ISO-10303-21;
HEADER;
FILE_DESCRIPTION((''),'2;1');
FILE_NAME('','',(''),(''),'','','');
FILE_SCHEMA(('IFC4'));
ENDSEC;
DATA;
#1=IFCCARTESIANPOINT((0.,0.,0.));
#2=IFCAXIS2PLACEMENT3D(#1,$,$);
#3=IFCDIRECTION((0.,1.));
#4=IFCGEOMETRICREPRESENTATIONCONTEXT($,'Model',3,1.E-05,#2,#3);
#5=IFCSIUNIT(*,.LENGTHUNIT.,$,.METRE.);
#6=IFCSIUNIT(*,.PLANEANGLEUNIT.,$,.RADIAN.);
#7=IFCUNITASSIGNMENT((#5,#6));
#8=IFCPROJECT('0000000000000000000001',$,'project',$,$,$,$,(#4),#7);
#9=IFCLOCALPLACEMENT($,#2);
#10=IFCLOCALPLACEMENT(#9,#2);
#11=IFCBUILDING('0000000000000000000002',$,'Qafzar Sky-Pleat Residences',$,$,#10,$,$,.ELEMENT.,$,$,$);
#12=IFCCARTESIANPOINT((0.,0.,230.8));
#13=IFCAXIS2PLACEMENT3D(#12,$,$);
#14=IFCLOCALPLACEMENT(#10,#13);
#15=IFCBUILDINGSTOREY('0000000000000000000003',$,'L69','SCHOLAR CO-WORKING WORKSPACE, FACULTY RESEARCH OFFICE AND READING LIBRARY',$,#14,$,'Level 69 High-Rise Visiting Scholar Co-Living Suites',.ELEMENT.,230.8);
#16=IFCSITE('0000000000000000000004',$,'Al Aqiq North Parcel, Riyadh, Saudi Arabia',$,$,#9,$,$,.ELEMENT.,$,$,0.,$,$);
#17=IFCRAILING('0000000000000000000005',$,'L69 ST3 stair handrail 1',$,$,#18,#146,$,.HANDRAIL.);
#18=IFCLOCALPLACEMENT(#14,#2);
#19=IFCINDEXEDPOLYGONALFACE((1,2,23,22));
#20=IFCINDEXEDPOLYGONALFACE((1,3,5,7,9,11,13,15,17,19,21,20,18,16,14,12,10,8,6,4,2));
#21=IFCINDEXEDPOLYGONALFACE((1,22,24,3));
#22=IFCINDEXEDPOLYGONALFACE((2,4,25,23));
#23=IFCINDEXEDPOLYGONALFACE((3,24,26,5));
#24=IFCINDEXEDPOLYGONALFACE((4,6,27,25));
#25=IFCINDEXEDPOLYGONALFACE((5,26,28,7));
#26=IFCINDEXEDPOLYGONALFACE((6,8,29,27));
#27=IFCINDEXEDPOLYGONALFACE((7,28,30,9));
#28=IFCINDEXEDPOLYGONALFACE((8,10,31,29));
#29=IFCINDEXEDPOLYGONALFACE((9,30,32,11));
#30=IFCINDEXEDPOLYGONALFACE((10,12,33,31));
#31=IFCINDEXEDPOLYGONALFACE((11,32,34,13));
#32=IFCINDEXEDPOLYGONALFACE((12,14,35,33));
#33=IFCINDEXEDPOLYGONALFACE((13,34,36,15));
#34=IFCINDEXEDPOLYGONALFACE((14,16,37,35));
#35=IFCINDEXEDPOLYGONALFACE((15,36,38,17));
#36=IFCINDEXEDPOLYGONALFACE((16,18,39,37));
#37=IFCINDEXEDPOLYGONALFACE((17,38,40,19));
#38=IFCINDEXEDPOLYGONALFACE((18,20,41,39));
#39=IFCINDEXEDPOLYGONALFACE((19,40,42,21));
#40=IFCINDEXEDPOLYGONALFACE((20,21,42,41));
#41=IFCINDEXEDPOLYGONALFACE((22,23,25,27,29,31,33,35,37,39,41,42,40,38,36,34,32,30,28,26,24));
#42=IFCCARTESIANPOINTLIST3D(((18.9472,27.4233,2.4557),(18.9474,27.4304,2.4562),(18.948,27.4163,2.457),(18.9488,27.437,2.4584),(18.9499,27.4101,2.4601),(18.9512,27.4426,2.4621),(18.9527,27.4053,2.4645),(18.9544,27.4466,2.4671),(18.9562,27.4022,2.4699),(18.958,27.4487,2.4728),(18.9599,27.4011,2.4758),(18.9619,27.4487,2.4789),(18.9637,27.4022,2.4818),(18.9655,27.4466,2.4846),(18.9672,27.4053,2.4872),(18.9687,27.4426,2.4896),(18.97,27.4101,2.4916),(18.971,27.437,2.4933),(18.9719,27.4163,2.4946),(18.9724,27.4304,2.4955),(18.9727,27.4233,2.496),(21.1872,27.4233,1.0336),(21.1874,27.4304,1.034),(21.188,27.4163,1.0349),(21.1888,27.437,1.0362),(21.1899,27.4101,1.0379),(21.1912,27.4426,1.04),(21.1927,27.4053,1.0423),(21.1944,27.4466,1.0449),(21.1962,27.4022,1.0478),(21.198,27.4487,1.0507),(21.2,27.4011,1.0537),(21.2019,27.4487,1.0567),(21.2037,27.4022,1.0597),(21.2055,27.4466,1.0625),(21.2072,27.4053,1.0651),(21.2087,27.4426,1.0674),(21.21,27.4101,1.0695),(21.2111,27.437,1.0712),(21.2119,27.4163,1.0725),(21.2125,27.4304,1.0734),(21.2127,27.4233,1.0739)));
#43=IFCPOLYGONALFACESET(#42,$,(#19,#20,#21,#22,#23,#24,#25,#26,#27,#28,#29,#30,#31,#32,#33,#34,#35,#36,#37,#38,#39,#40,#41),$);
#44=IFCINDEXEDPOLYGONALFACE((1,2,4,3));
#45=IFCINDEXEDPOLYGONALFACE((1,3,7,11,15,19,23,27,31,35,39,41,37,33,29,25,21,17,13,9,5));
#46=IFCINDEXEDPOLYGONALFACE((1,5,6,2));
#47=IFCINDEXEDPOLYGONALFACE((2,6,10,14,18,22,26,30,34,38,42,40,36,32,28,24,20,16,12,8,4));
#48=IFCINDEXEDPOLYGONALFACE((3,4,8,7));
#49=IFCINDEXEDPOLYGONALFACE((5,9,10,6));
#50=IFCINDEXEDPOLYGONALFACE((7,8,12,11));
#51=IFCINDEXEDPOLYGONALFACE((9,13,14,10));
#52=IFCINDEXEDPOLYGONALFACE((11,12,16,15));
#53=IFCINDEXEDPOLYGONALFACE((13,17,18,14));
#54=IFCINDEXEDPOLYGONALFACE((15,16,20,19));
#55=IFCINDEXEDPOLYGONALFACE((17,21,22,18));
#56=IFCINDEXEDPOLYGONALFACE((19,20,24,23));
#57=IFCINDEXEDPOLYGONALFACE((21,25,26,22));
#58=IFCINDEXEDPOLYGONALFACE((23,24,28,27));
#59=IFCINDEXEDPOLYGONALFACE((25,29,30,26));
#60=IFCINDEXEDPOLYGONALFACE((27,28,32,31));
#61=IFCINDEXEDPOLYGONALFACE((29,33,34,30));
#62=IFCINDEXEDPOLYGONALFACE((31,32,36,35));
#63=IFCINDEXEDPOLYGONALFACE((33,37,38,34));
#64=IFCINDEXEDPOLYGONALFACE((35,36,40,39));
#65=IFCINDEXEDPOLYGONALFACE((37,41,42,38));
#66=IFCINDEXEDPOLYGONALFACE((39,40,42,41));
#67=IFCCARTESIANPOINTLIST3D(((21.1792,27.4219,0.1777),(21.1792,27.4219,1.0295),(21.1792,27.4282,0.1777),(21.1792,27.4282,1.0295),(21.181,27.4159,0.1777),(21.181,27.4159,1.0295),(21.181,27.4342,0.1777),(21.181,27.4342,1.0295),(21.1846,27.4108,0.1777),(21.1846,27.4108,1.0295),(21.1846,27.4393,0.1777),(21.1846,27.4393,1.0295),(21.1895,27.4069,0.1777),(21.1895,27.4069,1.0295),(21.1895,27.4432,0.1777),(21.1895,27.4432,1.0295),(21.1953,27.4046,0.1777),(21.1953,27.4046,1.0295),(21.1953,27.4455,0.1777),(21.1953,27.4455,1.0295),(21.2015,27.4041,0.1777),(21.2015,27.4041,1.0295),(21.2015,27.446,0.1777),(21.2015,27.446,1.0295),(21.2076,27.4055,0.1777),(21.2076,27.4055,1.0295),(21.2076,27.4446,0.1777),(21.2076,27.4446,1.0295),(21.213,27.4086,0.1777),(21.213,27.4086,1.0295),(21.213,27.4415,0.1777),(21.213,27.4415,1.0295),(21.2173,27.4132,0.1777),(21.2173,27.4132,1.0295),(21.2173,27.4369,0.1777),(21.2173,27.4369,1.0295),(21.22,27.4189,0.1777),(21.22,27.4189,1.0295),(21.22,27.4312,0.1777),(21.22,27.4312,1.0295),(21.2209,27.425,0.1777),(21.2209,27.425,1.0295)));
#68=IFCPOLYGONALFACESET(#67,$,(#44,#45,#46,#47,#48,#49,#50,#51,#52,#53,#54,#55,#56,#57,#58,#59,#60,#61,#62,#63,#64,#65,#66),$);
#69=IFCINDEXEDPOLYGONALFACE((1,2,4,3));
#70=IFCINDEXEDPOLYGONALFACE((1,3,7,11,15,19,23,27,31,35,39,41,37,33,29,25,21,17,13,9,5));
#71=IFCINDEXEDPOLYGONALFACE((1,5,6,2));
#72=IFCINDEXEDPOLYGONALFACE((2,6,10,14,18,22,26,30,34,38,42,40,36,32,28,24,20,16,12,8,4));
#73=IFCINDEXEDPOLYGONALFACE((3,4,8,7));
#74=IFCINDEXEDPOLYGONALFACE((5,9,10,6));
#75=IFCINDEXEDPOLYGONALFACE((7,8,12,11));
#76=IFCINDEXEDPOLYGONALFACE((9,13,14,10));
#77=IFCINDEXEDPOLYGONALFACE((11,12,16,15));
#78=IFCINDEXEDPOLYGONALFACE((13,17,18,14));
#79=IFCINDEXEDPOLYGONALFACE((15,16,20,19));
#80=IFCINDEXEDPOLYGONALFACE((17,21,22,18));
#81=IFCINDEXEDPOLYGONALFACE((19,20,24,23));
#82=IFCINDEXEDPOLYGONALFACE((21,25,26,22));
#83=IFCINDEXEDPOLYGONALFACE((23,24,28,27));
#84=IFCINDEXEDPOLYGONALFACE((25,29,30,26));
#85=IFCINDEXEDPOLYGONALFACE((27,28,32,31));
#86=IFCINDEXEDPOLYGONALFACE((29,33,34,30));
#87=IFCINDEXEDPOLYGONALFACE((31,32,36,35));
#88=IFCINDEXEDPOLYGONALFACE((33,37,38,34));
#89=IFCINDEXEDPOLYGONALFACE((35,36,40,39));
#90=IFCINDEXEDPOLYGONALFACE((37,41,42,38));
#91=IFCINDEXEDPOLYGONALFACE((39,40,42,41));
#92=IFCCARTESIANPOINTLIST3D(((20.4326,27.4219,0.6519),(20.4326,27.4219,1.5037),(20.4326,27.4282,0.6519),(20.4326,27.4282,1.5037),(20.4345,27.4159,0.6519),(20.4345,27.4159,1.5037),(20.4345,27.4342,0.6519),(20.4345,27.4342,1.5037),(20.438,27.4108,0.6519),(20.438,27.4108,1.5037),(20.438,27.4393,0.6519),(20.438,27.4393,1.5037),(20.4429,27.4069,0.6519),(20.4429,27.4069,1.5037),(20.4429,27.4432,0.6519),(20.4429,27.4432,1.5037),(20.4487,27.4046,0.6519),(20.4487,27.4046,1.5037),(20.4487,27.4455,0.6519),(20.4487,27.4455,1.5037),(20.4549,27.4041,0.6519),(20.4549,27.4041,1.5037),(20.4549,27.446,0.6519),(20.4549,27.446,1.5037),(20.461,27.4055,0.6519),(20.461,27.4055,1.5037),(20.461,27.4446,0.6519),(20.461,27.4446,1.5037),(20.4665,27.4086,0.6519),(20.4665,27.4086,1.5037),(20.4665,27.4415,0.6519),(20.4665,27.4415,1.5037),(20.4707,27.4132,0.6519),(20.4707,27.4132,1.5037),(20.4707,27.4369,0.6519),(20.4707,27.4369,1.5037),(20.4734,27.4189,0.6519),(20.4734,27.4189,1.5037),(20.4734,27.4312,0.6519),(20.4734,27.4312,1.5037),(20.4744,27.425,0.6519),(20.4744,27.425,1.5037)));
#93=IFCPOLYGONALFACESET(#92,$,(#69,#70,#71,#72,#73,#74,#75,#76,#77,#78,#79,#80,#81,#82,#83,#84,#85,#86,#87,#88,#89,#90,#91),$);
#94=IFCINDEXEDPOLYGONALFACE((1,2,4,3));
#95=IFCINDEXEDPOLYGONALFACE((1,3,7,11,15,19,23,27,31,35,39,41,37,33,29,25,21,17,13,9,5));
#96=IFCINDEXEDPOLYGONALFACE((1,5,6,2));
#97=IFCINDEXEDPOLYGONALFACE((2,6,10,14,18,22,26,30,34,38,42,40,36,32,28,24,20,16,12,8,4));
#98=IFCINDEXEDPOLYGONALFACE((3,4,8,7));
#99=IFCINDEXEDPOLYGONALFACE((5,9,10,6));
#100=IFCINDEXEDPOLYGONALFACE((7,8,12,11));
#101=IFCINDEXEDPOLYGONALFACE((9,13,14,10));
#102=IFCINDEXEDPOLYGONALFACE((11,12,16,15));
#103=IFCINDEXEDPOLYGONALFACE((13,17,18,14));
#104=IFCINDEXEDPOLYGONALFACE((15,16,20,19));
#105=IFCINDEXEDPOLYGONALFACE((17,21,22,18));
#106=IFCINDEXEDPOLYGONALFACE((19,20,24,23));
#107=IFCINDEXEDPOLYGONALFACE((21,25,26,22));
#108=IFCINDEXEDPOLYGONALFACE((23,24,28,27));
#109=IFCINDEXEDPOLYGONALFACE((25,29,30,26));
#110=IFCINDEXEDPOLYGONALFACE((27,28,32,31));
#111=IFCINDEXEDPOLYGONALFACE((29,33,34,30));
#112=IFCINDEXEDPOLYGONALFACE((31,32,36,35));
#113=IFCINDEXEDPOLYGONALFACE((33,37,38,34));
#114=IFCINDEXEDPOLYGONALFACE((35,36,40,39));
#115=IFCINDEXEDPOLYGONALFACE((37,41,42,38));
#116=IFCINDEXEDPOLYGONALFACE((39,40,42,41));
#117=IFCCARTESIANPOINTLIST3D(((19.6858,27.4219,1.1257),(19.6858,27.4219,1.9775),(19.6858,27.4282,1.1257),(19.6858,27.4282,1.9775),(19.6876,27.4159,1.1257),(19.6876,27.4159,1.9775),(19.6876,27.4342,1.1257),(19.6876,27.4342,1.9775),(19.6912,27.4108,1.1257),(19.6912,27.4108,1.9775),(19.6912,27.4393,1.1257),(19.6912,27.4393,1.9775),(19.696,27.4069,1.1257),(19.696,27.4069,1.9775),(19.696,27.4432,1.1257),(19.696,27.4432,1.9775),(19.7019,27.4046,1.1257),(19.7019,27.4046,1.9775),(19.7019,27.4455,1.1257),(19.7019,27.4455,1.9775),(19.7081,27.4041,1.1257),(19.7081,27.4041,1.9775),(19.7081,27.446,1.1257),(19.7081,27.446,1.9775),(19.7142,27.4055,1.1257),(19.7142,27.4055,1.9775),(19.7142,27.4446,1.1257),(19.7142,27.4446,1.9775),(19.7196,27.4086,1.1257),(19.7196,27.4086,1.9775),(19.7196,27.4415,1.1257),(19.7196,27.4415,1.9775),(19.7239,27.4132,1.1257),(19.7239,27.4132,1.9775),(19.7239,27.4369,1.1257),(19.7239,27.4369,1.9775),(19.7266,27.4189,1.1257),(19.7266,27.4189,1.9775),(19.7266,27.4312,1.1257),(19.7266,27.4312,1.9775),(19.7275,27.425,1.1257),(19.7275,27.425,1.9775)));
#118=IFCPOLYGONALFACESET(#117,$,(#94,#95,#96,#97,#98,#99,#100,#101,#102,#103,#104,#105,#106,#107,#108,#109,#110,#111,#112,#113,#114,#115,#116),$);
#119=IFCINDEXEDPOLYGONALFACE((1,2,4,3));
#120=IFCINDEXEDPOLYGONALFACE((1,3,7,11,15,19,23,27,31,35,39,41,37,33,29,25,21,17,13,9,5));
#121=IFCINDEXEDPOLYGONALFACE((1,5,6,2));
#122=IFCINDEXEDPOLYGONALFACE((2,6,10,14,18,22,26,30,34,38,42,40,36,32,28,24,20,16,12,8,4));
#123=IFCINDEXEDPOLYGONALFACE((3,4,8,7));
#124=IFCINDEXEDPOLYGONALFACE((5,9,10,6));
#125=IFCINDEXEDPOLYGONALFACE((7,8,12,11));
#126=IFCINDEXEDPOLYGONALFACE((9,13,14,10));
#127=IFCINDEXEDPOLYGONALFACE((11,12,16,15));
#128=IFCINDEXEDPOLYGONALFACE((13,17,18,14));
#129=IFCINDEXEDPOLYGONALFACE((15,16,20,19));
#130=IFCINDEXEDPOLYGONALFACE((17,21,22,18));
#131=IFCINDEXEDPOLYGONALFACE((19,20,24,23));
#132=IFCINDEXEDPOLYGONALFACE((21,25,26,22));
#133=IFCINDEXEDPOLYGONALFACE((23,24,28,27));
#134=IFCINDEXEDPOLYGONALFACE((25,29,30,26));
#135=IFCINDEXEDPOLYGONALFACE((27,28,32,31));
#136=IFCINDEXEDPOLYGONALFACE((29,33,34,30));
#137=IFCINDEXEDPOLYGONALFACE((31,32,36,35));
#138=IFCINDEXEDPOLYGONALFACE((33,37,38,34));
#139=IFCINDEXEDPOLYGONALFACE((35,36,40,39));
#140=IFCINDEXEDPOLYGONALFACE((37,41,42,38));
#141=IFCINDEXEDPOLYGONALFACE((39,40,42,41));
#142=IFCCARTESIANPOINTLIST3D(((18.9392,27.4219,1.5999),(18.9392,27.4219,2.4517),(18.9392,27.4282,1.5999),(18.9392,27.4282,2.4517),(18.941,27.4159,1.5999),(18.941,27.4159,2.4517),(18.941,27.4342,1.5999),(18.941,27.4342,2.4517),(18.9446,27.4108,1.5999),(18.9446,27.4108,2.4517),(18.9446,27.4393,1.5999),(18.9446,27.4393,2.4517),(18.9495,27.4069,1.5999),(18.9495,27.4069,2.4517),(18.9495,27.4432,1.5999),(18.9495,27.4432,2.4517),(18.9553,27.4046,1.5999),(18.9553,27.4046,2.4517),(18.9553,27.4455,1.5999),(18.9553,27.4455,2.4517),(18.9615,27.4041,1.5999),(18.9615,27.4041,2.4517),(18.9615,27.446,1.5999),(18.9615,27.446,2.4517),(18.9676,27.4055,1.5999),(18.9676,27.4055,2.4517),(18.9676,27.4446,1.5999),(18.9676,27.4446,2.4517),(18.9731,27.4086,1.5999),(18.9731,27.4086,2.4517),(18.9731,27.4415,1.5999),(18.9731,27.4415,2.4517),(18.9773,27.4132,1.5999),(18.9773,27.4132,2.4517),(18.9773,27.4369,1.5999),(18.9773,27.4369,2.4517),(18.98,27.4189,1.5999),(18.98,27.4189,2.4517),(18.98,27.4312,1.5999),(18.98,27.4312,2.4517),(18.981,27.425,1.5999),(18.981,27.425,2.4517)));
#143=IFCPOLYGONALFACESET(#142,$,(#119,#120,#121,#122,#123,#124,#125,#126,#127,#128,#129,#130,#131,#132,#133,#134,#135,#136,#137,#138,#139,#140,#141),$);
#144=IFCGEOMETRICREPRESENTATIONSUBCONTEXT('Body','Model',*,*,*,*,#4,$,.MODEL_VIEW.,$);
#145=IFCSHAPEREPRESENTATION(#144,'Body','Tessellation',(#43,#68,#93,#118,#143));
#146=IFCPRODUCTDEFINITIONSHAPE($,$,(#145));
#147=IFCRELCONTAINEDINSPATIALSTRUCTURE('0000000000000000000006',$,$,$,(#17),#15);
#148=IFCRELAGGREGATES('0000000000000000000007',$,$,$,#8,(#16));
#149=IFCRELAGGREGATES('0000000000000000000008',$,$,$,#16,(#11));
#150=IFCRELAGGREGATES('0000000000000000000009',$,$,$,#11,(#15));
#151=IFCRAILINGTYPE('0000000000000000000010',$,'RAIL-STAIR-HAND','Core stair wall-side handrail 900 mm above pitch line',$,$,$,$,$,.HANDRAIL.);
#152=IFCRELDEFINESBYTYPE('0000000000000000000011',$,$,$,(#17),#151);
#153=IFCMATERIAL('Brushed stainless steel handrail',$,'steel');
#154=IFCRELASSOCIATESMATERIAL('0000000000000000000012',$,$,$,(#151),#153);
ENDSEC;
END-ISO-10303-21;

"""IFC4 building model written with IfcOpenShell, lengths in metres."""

from ifc_helpers import new_model, si_unit, direction, frame, origin, origin_2d, place, context, subcontext, project, spatial, circle, extrude, source, transform, mapped, material, type_object, element, save


model = new_model("IFC4")

# Units and contexts
model_context = context("Model", 3, precision=1e-05, world=origin(), true_north=direction((0.0, 1.0)))
body_context = subcontext(model_context, "Body", "Model", "MODEL_VIEW")
ifc_project = project(units=[si_unit("LENGTHUNIT", "METRE"), si_unit("PLANEANGLEUNIT", "RADIAN")], contexts=[model_context])

# Site, building, storey
site_placement = place(None, origin())
site = spatial("IfcSite", under=ifc_project, at=site_placement, Name="Al Aqiq North Parcel, Riyadh, Saudi Arabia", CompositionType="ELEMENT", RefElevation=0.0)
building_placement = place(site_placement, origin())
building = spatial("IfcBuilding", under=site, at=building_placement, Name="Qafzar Sky-Pleat Residences", CompositionType="ELEMENT")
storey_placement = place(building_placement, frame((0.0, 0.0, 230.8)))
storey = spatial("IfcBuildingStorey", under=building, at=storey_placement, Name="L69", Description="SCHOLAR CO-WORKING WORKSPACE, FACULTY RESEARCH OFFICE AND READING LIBRARY", LongName="Level 69 High-Rise Visiting Scholar Co-Living Suites", CompositionType="ELEMENT", Elevation=230.8)

# Railing
ifc_material_1 = material(Name="Brushed stainless steel handrail", Category="steel")
railing_type_1 = type_object("IfcRailingType", Name="RAIL-STAIR-HAND", Description="Core stair wall-side handrail 900 mm above pitch line", PredefinedType="HANDRAIL", material=ifc_material_1)
shared_shape_1 = source(origin(), body_context, "Body", "SweptSolid", [
    extrude(circle(Radius=0.0239, at=origin_2d()), frame((0.0, 0.0, 0.876), z_axis=(-0.844229, 0.0, 0.535982), x_axis=(0.0, -1.0, 0.0)), (0.0, 0.0, 1.0), 2.6533),
    extrude(circle(Radius=0.021, at=origin_2d()), origin(), (0.0, 0.0, 1.0), 0.8518),
    extrude(circle(Radius=0.021, at=origin_2d()), frame((-0.7466, 0.0, 0.4741)), (0.0, 0.0, 1.0), 0.8518),
    extrude(circle(Radius=0.021, at=origin_2d()), frame((-1.4934, 0.0, 0.948)), (0.0, 0.0, 1.0), 0.8518),
    extrude(circle(Radius=0.021, at=origin_2d()), frame((-2.24, 0.0, 1.4221)), (0.0, 0.0, 1.0), 0.8518),
])
railing_1_placement = place(storey_placement, frame((21.2, 27.425, 0.1777)))
element("IfcRailing", 1, at=railing_1_placement, inside=storey, type_object=railing_type_1, Name="L69 ST3 stair handrail 1", PredefinedType="HANDRAIL", context=body_context, shape_type="MappedRepresentation", body=[
    mapped(shared_shape_1, transform((0.0, 0.0, 0.0), x_axis=(1.0, 0.0, 0.0), y_axis=(0.0, 1.0, 0.0), z_axis=(0.0, 0.0, 1.0), scale=1.0)),
])

save(model, "model.ifc")
